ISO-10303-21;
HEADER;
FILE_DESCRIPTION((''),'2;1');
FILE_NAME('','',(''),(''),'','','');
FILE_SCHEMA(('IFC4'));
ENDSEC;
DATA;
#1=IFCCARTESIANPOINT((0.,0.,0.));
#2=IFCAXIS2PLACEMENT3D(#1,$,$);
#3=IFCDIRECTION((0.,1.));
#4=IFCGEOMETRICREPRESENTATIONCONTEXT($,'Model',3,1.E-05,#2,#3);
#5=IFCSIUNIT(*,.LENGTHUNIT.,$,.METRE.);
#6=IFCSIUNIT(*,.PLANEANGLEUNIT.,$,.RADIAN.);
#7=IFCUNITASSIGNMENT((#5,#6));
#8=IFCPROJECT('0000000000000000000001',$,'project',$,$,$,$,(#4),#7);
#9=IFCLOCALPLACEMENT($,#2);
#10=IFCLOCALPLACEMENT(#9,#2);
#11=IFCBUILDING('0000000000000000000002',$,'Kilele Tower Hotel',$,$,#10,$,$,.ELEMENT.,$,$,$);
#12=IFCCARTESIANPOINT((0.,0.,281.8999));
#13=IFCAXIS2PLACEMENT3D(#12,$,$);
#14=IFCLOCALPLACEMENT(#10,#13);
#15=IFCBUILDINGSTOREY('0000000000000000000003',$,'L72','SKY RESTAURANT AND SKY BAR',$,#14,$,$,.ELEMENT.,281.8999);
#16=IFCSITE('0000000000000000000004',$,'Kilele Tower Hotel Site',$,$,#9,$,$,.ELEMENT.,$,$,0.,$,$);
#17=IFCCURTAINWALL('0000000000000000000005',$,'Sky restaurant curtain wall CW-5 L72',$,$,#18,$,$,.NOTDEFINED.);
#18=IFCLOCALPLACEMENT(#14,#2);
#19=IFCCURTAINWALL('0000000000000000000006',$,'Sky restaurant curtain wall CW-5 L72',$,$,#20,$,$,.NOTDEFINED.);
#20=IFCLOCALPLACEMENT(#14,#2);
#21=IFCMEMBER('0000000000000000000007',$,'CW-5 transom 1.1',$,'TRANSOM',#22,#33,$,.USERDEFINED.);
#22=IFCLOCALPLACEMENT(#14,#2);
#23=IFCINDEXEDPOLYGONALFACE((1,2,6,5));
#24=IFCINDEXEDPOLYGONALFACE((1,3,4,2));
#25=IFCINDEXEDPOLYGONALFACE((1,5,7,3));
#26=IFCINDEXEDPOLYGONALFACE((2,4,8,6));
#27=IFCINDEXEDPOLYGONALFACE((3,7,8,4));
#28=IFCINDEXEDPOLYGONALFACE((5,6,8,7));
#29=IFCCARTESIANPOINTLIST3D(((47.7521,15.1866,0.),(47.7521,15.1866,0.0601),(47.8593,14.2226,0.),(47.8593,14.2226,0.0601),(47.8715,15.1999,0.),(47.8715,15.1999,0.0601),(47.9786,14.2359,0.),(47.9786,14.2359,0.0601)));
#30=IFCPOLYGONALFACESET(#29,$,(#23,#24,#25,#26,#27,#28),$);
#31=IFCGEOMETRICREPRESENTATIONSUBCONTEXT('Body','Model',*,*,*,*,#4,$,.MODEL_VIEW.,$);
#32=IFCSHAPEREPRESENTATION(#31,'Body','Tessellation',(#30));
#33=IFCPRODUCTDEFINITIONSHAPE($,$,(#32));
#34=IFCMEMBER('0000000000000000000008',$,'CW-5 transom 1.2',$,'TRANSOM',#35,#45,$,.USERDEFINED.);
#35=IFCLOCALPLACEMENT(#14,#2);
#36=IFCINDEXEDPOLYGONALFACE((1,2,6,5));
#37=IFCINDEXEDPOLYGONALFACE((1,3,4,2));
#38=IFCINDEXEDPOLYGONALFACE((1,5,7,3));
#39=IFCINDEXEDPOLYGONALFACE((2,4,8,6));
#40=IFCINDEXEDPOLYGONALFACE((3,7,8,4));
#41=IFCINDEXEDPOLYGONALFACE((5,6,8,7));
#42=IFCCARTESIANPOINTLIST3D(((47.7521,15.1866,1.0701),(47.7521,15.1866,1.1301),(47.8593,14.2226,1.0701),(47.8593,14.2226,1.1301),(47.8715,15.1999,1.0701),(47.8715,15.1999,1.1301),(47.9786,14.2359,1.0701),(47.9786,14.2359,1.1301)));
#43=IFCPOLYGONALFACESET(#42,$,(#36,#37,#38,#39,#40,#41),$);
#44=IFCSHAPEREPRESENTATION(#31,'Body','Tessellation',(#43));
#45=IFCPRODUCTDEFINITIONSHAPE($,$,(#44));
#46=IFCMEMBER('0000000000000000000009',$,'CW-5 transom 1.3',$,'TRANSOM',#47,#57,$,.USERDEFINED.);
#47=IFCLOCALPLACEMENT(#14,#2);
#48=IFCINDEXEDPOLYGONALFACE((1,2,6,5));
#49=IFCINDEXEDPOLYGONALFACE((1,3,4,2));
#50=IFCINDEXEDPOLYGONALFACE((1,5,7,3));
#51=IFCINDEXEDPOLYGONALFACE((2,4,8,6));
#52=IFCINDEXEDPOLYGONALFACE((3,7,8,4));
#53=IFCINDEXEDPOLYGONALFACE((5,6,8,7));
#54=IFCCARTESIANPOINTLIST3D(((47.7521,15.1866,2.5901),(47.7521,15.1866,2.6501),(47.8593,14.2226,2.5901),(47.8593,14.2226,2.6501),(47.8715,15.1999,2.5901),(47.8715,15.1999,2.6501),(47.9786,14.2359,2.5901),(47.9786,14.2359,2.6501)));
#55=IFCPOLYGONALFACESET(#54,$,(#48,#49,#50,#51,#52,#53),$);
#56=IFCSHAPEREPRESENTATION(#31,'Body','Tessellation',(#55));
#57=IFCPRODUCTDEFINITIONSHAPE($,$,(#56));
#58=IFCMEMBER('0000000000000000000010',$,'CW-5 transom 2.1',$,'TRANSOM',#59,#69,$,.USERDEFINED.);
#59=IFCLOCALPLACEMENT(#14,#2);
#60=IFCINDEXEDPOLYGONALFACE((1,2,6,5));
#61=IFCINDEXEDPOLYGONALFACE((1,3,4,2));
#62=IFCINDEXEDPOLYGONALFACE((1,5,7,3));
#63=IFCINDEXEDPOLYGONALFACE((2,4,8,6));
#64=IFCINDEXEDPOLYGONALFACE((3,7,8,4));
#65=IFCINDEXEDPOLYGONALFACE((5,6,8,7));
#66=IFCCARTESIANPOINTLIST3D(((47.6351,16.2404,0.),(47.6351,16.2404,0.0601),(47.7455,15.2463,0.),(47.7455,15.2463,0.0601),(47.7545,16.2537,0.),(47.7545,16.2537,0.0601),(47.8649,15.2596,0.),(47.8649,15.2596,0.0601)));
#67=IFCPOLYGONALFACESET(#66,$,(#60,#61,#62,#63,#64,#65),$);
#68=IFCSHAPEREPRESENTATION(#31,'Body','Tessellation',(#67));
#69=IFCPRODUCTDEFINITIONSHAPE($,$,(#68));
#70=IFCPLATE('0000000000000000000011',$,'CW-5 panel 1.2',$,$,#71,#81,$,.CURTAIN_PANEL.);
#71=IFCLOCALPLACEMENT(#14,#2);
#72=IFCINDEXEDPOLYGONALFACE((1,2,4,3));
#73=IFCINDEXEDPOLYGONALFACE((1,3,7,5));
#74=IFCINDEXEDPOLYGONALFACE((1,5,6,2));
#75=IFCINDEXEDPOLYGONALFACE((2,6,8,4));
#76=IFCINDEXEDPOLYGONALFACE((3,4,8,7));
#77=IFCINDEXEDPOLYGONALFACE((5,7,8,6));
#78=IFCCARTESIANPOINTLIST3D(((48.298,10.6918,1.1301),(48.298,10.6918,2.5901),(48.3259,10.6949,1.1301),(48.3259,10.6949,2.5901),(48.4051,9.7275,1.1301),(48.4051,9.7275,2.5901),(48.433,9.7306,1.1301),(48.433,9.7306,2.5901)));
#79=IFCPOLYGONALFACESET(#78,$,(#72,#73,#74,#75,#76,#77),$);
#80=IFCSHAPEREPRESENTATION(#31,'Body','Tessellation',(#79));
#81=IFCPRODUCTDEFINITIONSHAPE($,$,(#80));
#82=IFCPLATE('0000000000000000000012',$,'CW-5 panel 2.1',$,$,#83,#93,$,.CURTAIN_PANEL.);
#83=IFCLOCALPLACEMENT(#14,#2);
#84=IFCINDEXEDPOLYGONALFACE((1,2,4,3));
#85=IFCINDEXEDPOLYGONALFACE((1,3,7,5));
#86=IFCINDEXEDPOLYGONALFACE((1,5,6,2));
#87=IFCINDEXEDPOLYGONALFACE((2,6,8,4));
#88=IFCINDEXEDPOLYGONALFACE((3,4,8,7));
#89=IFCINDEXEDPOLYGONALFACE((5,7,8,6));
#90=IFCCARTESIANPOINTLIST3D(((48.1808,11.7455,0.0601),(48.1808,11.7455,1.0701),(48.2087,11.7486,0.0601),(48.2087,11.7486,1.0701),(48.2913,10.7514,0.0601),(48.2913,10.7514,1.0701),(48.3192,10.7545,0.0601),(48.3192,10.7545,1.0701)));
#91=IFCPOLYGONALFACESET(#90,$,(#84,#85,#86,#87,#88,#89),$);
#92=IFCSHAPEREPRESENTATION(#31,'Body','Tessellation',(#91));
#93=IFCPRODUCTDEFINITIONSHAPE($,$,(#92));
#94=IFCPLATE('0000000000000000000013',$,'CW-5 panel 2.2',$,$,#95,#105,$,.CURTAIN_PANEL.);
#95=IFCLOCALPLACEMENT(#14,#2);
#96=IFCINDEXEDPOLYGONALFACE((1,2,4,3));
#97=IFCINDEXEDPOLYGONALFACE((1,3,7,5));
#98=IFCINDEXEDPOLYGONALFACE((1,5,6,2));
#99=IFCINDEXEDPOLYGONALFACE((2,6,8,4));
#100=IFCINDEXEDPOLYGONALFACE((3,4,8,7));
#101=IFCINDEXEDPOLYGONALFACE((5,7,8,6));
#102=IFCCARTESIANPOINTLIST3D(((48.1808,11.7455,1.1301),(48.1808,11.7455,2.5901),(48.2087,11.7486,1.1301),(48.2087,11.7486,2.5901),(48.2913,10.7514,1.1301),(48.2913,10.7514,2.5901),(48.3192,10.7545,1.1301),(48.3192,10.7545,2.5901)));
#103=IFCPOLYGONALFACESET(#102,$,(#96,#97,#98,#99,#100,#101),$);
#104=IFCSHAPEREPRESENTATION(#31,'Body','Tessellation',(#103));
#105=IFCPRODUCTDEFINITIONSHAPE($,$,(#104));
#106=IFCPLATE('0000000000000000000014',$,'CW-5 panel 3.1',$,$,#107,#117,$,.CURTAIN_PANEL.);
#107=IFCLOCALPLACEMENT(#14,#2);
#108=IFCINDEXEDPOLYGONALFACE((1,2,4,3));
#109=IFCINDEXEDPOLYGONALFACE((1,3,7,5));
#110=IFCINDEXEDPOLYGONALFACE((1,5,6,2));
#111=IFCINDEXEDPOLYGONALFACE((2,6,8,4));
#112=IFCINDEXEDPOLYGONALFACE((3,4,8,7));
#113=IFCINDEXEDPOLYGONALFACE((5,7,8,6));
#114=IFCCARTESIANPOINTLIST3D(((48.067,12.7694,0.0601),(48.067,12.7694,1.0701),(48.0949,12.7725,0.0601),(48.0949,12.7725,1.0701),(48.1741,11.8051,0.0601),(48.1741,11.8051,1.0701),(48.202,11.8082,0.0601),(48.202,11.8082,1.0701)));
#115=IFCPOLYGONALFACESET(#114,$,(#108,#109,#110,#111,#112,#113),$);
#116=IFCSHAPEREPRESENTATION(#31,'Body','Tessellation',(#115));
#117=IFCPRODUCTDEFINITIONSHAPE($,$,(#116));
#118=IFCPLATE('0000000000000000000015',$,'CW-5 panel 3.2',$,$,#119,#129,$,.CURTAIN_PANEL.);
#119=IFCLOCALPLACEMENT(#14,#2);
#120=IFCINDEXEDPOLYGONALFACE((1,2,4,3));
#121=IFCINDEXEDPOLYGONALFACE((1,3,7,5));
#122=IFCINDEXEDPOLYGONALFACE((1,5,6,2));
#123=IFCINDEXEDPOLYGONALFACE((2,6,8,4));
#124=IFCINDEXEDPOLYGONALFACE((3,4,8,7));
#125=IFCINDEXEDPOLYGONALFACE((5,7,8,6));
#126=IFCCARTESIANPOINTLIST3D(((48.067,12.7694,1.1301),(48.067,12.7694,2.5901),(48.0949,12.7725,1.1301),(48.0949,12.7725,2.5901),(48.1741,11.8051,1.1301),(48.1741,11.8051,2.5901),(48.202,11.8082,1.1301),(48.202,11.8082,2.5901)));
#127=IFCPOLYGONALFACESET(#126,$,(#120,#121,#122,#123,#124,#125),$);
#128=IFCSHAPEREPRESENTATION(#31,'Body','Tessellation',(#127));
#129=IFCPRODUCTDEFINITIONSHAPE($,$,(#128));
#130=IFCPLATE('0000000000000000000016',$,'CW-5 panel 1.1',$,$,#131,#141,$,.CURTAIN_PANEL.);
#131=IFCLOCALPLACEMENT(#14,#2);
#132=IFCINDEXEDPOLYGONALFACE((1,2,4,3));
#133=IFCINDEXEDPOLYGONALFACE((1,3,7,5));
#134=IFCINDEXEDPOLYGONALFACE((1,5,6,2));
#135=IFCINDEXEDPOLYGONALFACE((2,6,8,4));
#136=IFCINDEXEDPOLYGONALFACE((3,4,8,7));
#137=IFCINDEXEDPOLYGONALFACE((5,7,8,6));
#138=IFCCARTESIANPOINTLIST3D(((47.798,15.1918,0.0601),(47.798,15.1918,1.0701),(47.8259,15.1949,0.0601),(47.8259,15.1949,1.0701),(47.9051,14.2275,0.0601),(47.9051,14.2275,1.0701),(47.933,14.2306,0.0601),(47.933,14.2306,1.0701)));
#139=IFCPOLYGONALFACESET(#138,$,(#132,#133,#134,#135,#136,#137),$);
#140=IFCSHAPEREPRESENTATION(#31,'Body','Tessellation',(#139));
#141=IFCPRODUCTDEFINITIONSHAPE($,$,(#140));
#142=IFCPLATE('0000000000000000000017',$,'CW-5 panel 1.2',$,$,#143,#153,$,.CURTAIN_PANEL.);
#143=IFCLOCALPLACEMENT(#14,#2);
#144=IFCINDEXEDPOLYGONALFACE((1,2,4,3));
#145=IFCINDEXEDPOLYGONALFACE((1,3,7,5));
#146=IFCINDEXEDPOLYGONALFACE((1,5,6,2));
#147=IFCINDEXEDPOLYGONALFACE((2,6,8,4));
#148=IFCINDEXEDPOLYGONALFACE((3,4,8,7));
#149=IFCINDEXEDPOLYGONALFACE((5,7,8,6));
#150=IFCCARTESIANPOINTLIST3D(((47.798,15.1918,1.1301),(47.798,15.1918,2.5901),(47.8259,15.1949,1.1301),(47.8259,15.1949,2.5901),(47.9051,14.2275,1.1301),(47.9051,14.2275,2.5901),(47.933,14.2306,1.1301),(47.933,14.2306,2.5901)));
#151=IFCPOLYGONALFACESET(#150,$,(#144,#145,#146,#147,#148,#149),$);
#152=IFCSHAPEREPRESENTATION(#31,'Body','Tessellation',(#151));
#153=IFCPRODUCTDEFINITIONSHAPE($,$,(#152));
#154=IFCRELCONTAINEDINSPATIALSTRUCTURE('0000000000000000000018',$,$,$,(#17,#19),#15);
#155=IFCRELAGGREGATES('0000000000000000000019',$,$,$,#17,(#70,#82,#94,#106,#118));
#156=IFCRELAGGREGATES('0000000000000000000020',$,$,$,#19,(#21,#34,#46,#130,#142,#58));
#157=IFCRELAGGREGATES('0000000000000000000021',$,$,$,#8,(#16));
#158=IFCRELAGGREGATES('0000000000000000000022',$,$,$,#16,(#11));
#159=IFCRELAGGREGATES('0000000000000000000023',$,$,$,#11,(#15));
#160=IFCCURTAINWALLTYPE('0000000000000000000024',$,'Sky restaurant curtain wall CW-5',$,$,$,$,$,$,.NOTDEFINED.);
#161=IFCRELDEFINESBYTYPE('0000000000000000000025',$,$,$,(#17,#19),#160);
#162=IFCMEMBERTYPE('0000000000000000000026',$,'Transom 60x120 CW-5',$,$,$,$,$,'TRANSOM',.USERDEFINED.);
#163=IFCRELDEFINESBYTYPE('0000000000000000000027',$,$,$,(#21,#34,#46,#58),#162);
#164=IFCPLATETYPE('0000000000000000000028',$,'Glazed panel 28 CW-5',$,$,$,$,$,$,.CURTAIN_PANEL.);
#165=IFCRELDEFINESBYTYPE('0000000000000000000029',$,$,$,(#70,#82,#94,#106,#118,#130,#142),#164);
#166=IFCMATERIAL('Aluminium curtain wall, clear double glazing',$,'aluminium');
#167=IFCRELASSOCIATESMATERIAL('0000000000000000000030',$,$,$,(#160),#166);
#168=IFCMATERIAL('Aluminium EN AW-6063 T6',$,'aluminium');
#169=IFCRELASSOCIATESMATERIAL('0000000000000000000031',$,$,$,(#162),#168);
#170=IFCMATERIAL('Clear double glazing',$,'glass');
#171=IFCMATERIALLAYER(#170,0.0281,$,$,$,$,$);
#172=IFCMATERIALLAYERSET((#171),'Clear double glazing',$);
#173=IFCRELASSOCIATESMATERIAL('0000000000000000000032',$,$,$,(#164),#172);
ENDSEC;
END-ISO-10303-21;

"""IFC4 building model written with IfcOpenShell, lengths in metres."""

from ifc_helpers import new_model, si_unit, direction, frame, origin, origin_2d, place, context, subcontext, project, spatial, rectangle, extrude, material, layer, layer_set, material_profile, profile_set, type_object, element, aggregate, save


model = new_model("IFC4")

# Units and contexts
model_context = context("Model", 3, precision=1e-05, world=origin(), true_north=direction((0.0, 1.0)))
body_context = subcontext(model_context, "Body", "Model", "MODEL_VIEW")
ifc_project = project(units=[si_unit("LENGTHUNIT", "METRE"), si_unit("PLANEANGLEUNIT", "RADIAN")], contexts=[model_context])

# Site, building, storey
site_placement = place(None, origin())
site = spatial("IfcSite", under=ifc_project, at=site_placement, Name="Kilele Tower Hotel Site", CompositionType="ELEMENT", RefElevation=0.0)
building_placement = place(site_placement, origin())
building = spatial("IfcBuilding", under=site, at=building_placement, Name="Kilele Tower Hotel", CompositionType="ELEMENT")
storey_placement = place(building_placement, frame((0.0, 0.0, 281.8999)))
storey = spatial("IfcBuildingStorey", under=building, at=storey_placement, Name="L72", Description="SKY RESTAURANT AND SKY BAR", CompositionType="ELEMENT", Elevation=281.8999)

# Curtain walls
ifc_material_1 = material(Name="Aluminium curtain wall, clear double glazing", Category="aluminium")
curtain_wall_type = type_object("IfcCurtainWallType", Name="Sky restaurant curtain wall CW-5", PredefinedType="NOTDEFINED", material=ifc_material_1)
curtain_wall_1_placement = place(storey_placement, origin())
curtain_wall_1 = element("IfcCurtainWall", 1, at=curtain_wall_1_placement, inside=storey, type_object=curtain_wall_type, Name="Sky restaurant curtain wall CW-5 L72", PredefinedType="NOTDEFINED")
curtain_wall_2_placement = place(storey_placement, origin())
curtain_wall_2 = element("IfcCurtainWall", 2, at=curtain_wall_2_placement, inside=storey, type_object=curtain_wall_type, Name="Sky restaurant curtain wall CW-5 L72", PredefinedType="NOTDEFINED")

# Members
ifc_material_2 = material(Name="Aluminium EN AW-6063 T6", Category="aluminium")
ifc_material_profile_1 = material_profile(ifc_material_2, rectangle(XDim=0.1201, YDim=0.0601, at=origin_2d()))
ifc_profile_set_1 = profile_set([ifc_material_profile_1], Name="Aluminium EN AW-6063 T6")
member_type_1 = type_object("IfcMemberType", Name="Transom 60x120 CW-5", ElementType="TRANSOM", PredefinedType="USERDEFINED", material=ifc_profile_set_1)
member_1_placement = place(storey_placement, frame((47.9189, 14.2292, 0.03), z_axis=(-0.110487, 0.993878, 0.0), x_axis=(-0.993878, -0.110487, 0.0)))
member_1 = element("IfcMember", 3, at=member_1_placement, type_object=member_type_1, Name="CW-5 transom 1.1", ObjectType="TRANSOM", PredefinedType="USERDEFINED", context=body_context, shape_type="SweptSolid", body=[
    extrude(rectangle(XDim=0.1201, YDim=0.0601, at=origin_2d()), origin(), (0.0, 0.0, 1.0), 0.97),
])
member_2_placement = place(storey_placement, frame((47.9189, 14.2292, 1.1001), z_axis=(-0.110487, 0.993878, 0.0), x_axis=(-0.993878, -0.110487, 0.0)))
member_2 = element("IfcMember", 4, at=member_2_placement, type_object=member_type_1, Name="CW-5 transom 1.2", ObjectType="TRANSOM", PredefinedType="USERDEFINED", context=body_context, shape_type="SweptSolid", body=[
    extrude(rectangle(XDim=0.1201, YDim=0.0601, at=origin_2d()), origin(), (0.0, 0.0, 1.0), 0.97),
])
member_3_placement = place(storey_placement, frame((47.9189, 14.2292, 2.6201), z_axis=(-0.110487, 0.993878, 0.0), x_axis=(-0.993878, -0.110487, 0.0)))
member_3 = element("IfcMember", 5, at=member_3_placement, type_object=member_type_1, Name="CW-5 transom 1.3", ObjectType="TRANSOM", PredefinedType="USERDEFINED", context=body_context, shape_type="SweptSolid", body=[
    extrude(rectangle(XDim=0.1201, YDim=0.0601, at=origin_2d()), origin(), (0.0, 0.0, 1.0), 0.97),
])
member_4_placement = place(storey_placement, frame((47.8052, 15.2529, 0.03), z_axis=(-0.110324, 0.993896, 0.0), x_axis=(-0.993896, -0.110324, 0.0)))
member_4 = element("IfcMember", 6, at=member_4_placement, type_object=member_type_1, Name="CW-5 transom 2.1", ObjectType="TRANSOM", PredefinedType="USERDEFINED", context=body_context, shape_type="SweptSolid", body=[
    extrude(rectangle(XDim=0.1201, YDim=0.0601, at=origin_2d()), origin(), (0.0, 0.0, 1.0), 1.0002),
])

# Plates
ifc_material_3 = material(Name="Clear double glazing", Category="glass")
ifc_layer = layer(ifc_material_3, 0.0281)
ifc_layer_set = layer_set([ifc_layer], Name="Clear double glazing")
plate_type = type_object("IfcPlateType", Name="Glazed panel 28 CW-5", PredefinedType="CURTAIN_PANEL", material=ifc_layer_set)
plate_1_placement = place(storey_placement, frame((48.3655, 10.2112, 1.1301), z_axis=(0.0, 0.0, 1.0), x_axis=(-0.110432, 0.993884, 0.0)))
plate_1 = element("IfcPlate", 7, at=plate_1_placement, type_object=plate_type, Name="CW-5 panel 1.2", PredefinedType="CURTAIN_PANEL", context=body_context, shape_type="SweptSolid", body=[
    extrude(rectangle(XDim=0.9702, YDim=0.0281, at=origin_2d()), origin(), (0.0, 0.0, 1.0), 1.46),
])
plate_2_placement = place(storey_placement, frame((48.25, 11.25, 0.0601), z_axis=(0.0, 0.0, 1.0), x_axis=(-0.110432, 0.993884, 0.0)))
plate_2 = element("IfcPlate", 8, at=plate_2_placement, type_object=plate_type, Name="CW-5 panel 2.1", PredefinedType="CURTAIN_PANEL", context=body_context, shape_type="SweptSolid", body=[
    extrude(rectangle(XDim=1.0002, YDim=0.0281, at=origin_2d()), origin(), (0.0, 0.0, 1.0), 1.01),
])
plate_3_placement = place(storey_placement, frame((48.25, 11.25, 1.1301), z_axis=(0.0, 0.0, 1.0), x_axis=(-0.110432, 0.993884, 0.0)))
plate_3 = element("IfcPlate", 9, at=plate_3_placement, type_object=plate_type, Name="CW-5 panel 2.2", PredefinedType="CURTAIN_PANEL", context=body_context, shape_type="SweptSolid", body=[
    extrude(rectangle(XDim=1.0002, YDim=0.0281, at=origin_2d()), origin(), (0.0, 0.0, 1.0), 1.46),
])
plate_4_placement = place(storey_placement, frame((48.1345, 12.2888, 0.0601), z_axis=(0.0, 0.0, 1.0), x_axis=(-0.110432, 0.993884, 0.0)))
plate_4 = element("IfcPlate", 10, at=plate_4_placement, type_object=plate_type, Name="CW-5 panel 3.1", PredefinedType="CURTAIN_PANEL", context=body_context, shape_type="SweptSolid", body=[
    extrude(rectangle(XDim=0.9702, YDim=0.0281, at=origin_2d()), origin(), (0.0, 0.0, 1.0), 1.01),
])
plate_5_placement = place(storey_placement, frame((48.1345, 12.2888, 1.1301), z_axis=(0.0, 0.0, 1.0), x_axis=(-0.110432, 0.993884, 0.0)))
plate_5 = element("IfcPlate", 11, at=plate_5_placement, type_object=plate_type, Name="CW-5 panel 3.2", PredefinedType="CURTAIN_PANEL", context=body_context, shape_type="SweptSolid", body=[
    extrude(rectangle(XDim=0.9702, YDim=0.0281, at=origin_2d()), origin(), (0.0, 0.0, 1.0), 1.46),
])
aggregate(curtain_wall_1, [plate_1, plate_2, plate_3, plate_4, plate_5])
plate_6_placement = place(storey_placement, frame((47.8655, 14.7112, 0.0601), z_axis=(0.0, 0.0, 1.0), x_axis=(-0.110432, 0.993884, 0.0)))
plate_6 = element("IfcPlate", 12, at=plate_6_placement, type_object=plate_type, Name="CW-5 panel 1.1", PredefinedType="CURTAIN_PANEL", context=body_context, shape_type="SweptSolid", body=[
    extrude(rectangle(XDim=0.9702, YDim=0.0281, at=origin_2d()), origin(), (0.0, 0.0, 1.0), 1.01),
])
plate_7_placement = place(storey_placement, frame((47.8655, 14.7112, 1.1301), z_axis=(0.0, 0.0, 1.0), x_axis=(-0.110432, 0.993884, 0.0)))
plate_7 = element("IfcPlate", 13, at=plate_7_placement, type_object=plate_type, Name="CW-5 panel 1.2", PredefinedType="CURTAIN_PANEL", context=body_context, shape_type="SweptSolid", body=[
    extrude(rectangle(XDim=0.9702, YDim=0.0281, at=origin_2d()), origin(), (0.0, 0.0, 1.0), 1.46),
])
aggregate(curtain_wall_2, [member_1, member_2, member_3, plate_6, plate_7, member_4])

save(model, "model.ifc")
